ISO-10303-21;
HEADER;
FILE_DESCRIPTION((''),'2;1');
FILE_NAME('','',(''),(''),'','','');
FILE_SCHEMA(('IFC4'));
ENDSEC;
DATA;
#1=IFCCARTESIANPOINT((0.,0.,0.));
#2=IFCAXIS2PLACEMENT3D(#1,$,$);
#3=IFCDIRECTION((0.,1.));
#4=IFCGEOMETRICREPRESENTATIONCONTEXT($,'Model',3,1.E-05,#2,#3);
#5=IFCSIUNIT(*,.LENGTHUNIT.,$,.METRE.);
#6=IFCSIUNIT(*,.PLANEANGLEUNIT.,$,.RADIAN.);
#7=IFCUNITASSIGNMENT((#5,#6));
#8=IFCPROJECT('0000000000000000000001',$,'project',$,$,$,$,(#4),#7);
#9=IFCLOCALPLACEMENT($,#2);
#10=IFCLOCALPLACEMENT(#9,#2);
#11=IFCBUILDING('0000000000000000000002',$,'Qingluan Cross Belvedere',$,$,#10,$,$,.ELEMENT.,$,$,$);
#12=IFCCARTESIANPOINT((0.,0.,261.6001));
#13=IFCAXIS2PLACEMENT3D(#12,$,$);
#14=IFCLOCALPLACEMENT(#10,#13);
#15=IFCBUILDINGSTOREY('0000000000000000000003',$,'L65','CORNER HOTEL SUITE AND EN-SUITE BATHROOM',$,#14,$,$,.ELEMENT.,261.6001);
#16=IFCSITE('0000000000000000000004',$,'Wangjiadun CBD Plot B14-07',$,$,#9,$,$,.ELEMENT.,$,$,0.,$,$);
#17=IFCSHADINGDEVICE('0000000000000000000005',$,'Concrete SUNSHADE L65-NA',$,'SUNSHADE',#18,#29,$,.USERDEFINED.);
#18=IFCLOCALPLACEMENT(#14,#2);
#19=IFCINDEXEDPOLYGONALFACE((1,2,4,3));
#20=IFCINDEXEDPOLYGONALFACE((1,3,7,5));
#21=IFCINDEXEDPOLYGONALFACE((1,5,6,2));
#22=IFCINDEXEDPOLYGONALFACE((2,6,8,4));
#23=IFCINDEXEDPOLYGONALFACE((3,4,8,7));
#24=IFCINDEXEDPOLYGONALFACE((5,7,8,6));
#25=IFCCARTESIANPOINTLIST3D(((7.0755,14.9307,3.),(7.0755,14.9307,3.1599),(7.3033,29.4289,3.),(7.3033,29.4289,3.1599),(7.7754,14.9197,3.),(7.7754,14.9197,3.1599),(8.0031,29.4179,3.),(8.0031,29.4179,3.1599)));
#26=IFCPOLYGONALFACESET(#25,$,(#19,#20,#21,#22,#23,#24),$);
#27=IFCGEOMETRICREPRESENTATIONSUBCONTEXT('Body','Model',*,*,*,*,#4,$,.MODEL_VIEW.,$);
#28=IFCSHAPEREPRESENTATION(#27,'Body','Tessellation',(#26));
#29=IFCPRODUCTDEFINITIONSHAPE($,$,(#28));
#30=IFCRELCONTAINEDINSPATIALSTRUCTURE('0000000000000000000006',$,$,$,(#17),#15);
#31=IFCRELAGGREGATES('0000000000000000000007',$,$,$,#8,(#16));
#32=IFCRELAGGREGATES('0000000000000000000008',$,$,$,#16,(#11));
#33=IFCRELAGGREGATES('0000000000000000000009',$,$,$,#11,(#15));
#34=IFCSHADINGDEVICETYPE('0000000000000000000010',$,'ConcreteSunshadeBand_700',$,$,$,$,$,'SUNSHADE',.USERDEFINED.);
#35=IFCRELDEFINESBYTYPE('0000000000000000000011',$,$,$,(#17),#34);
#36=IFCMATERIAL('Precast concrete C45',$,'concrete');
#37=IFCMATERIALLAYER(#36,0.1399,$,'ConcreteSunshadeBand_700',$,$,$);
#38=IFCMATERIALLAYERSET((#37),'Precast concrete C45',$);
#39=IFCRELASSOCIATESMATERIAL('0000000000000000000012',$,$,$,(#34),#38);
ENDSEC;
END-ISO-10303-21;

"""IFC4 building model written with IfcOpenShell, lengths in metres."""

from ifc_helpers import new_model, si_unit, direction, frame, origin, origin_2d, place, context, subcontext, project, spatial, rectangle, extrude, material, layer, layer_set, type_object, element, save


model = new_model("IFC4")

# Units and contexts
model_context = context("Model", 3, precision=1e-05, world=origin(), true_north=direction((0.0, 1.0)))
body_context = subcontext(model_context, "Body", "Model", "MODEL_VIEW")
ifc_project = project(units=[si_unit("LENGTHUNIT", "METRE"), si_unit("PLANEANGLEUNIT", "RADIAN")], contexts=[model_context])

# Site, building, storey
site_placement = place(None, origin())
site = spatial("IfcSite", under=ifc_project, at=site_placement, Name="Wangjiadun CBD Plot B14-07", CompositionType="ELEMENT", RefElevation=0.0)
building_placement = place(site_placement, origin())
building = spatial("IfcBuilding", under=site, at=building_placement, Name="Qingluan Cross Belvedere", CompositionType="ELEMENT")
storey_placement = place(building_placement, frame((0.0, 0.0, 261.6001)))
storey = spatial("IfcBuildingStorey", under=building, at=storey_placement, Name="L65", Description="CORNER HOTEL SUITE AND EN-SUITE BATHROOM", CompositionType="ELEMENT", Elevation=261.6001)

# Shading device
ifc_material_1 = material(Name="Precast concrete C45", Category="concrete")
ifc_layer_1 = layer(ifc_material_1, 0.1399, Name="ConcreteSunshadeBand_700")
ifc_layer_set_1 = layer_set([ifc_layer_1], Name="Precast concrete C45")
shading_device_type = type_object("IfcShadingDeviceType", Name="ConcreteSunshadeBand_700", ElementType="SUNSHADE", PredefinedType="USERDEFINED", material=ifc_layer_set_1)
shading_device_placement = place(storey_placement, frame((7.5393, 22.1743, 3.0), z_axis=(0.0, 0.0, 1.0), x_axis=(0.015707, 0.999877, 0.0)))
element("IfcShadingDevice", 1, at=shading_device_placement, inside=storey, type_object=shading_device_type, Name="Concrete SUNSHADE L65-NA", ObjectType="SUNSHADE", PredefinedType="USERDEFINED", context=body_context, shape_type="SweptSolid", body=[
    extrude(rectangle(XDim=14.5, YDim=0.7, at=origin_2d()), origin(), (0.0, 0.0, 1.0), 0.1599),
])

save(model, "model.ifc")
